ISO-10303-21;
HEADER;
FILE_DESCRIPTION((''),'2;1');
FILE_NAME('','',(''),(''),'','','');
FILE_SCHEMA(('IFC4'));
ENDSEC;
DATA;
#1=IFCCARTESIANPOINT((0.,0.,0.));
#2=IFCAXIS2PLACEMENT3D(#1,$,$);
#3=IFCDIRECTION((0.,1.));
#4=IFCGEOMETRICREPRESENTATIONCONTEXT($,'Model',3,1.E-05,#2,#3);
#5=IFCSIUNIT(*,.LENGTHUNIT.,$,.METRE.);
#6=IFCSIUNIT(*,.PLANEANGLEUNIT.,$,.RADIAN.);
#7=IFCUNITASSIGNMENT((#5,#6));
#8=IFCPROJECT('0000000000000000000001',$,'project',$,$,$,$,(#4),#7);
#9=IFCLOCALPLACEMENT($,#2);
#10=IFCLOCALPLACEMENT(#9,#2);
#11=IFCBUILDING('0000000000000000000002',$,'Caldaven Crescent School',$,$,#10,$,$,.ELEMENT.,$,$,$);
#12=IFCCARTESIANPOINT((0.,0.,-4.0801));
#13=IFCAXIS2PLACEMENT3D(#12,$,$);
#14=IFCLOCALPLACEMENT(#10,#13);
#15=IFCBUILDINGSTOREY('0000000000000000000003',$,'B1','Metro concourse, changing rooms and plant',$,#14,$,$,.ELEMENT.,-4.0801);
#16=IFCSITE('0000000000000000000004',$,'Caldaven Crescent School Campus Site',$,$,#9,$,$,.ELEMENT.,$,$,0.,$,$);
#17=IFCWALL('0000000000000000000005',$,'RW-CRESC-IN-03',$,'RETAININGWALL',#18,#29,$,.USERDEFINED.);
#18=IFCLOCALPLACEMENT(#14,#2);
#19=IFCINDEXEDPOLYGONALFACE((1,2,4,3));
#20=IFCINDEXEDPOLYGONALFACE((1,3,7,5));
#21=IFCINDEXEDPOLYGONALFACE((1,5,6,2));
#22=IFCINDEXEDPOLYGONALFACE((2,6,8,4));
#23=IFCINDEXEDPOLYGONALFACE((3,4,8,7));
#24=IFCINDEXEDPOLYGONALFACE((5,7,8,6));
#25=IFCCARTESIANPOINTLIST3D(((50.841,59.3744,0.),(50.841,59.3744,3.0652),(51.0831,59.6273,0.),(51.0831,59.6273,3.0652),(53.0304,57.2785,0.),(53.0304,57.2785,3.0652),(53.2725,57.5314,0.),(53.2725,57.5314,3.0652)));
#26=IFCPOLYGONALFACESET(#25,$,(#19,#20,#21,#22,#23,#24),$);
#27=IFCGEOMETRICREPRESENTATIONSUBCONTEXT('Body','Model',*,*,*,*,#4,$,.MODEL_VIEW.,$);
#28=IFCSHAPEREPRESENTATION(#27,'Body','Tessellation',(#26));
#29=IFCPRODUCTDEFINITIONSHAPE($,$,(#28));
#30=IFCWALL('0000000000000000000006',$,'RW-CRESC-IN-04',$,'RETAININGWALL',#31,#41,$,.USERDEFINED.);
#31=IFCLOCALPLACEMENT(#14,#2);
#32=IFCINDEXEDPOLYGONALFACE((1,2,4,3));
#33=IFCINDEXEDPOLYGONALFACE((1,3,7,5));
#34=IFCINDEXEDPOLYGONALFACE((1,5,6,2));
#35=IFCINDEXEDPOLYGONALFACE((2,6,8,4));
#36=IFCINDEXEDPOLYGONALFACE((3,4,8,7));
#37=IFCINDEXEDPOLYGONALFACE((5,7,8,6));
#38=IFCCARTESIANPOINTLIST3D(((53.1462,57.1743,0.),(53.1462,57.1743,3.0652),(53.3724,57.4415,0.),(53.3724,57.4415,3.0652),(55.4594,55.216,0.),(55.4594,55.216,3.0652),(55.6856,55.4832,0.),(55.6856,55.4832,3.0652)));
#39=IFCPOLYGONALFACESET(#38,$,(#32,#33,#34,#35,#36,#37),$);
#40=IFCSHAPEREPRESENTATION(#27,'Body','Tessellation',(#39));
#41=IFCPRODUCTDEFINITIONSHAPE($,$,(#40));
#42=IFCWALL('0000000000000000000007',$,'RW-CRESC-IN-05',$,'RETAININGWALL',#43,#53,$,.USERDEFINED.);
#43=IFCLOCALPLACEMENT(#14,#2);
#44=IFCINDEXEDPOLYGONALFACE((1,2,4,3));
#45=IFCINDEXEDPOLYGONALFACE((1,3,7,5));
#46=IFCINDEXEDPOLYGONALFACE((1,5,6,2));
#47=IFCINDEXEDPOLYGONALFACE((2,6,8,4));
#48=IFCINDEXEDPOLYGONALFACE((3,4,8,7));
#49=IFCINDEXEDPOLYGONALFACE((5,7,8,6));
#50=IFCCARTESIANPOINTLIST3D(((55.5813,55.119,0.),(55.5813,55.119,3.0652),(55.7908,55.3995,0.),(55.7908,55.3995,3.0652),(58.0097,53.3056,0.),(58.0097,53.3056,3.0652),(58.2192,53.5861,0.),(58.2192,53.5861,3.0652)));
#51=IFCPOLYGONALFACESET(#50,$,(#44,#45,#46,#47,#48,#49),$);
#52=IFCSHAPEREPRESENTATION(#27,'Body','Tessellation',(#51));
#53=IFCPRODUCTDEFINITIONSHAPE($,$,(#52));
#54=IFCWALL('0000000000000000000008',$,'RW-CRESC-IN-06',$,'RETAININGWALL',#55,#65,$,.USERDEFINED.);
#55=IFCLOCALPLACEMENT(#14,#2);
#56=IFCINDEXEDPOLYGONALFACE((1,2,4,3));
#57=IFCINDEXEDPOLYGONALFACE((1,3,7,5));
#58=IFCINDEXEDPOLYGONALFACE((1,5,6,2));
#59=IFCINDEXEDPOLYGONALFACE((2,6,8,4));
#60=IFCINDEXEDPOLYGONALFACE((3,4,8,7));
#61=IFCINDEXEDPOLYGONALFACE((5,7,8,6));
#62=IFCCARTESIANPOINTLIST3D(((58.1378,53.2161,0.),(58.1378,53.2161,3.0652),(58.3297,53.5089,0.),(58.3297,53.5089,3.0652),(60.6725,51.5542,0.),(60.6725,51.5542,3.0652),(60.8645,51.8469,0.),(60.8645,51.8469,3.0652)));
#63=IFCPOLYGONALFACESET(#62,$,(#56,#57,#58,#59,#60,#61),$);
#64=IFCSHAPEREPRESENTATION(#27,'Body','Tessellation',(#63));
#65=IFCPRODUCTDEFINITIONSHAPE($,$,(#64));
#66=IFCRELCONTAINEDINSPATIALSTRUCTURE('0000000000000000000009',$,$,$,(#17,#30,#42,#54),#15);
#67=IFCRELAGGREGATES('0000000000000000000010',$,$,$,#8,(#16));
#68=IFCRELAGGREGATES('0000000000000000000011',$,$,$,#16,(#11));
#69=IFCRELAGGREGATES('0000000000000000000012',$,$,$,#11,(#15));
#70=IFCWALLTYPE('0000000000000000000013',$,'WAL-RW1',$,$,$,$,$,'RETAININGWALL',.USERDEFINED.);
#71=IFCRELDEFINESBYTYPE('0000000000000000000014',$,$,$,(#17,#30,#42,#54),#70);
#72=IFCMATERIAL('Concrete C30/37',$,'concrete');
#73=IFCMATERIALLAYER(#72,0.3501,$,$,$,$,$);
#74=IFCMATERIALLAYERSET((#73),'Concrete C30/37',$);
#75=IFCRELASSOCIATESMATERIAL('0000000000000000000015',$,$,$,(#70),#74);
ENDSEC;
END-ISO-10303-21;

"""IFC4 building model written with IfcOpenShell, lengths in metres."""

from ifc_helpers import new_model, si_unit, direction, frame, frame_2d, origin, place, context, subcontext, project, spatial, rectangle, extrude, material, layer, layer_set, type_object, element, save


model = new_model("IFC4")

# Units and contexts
model_context = context("Model", 3, precision=1e-05, world=origin(), true_north=direction((0.0, 1.0)))
body_context = subcontext(model_context, "Body", "Model", "MODEL_VIEW")
ifc_project = project(units=[si_unit("LENGTHUNIT", "METRE"), si_unit("PLANEANGLEUNIT", "RADIAN")], contexts=[model_context])

# Site, building, storey
site_placement = place(None, origin())
site = spatial("IfcSite", under=ifc_project, at=site_placement, Name="Caldaven Crescent School Campus Site", CompositionType="ELEMENT", RefElevation=0.0)
building_placement = place(site_placement, origin())
building = spatial("IfcBuilding", under=site, at=building_placement, Name="Caldaven Crescent School", CompositionType="ELEMENT")
storey_placement = place(building_placement, frame((0.0, 0.0, -4.0801)))
storey = spatial("IfcBuildingStorey", under=building, at=storey_placement, Name="B1", Description="Metro concourse, changing rooms and plant", CompositionType="ELEMENT", Elevation=-4.0801)

# Shared definitions
ifc_material_1 = material(Name="Concrete C30/37", Category="concrete")

# Walls
ifc_layer_1 = layer(ifc_material_1, 0.3501)
ifc_layer_set_1 = layer_set([ifc_layer_1], Name="Concrete C30/37")
wall_type_1 = type_object("IfcWallType", Name="WAL-RW1", ElementType="RETAININGWALL", PredefinedType="USERDEFINED", material=ifc_layer_set_1)
wall_1_placement = place(storey_placement, frame((50.9619, 59.501, 0.0), z_axis=(0.0, 0.0, 1.0), x_axis=(0.722364, -0.691513, 0.0)))
element("IfcWall", 1, at=wall_1_placement, inside=storey, type_object=wall_type_1, Name="RW-CRESC-IN-03", ObjectType="RETAININGWALL", PredefinedType="USERDEFINED", context=body_context, shape_type="SweptSolid", body=[
    extrude(rectangle(XDim=3.031, YDim=0.3501, at=frame_2d((1.5156, 0.0))), origin(), (0.0, 0.0, 1.0), 3.0652),
])
for number, where, z_axis, x_axis, name in (
    (2, (53.2593, 57.3079, 0.0), (0.0, 0.0, 1.0), (0.76324, -0.646116, 0.0), "RW-CRESC-IN-04"),
    (3, (55.686, 55.2593, 0.0), (0.0, 0.0, 1.0), (0.801245, -0.598336, 0.0), "RW-CRESC-IN-05"),
):
    element("IfcWall", number, at=place(storey_placement, frame(where, z_axis=z_axis, x_axis=x_axis)), inside=storey, type_object=wall_type_1, Name=name, ObjectType="RETAININGWALL", PredefinedType="USERDEFINED", context=body_context, shape_type="SweptSolid", body=[
        extrude(rectangle(XDim=3.0308, YDim=0.3501, at=frame_2d((1.5154, 0.0))), origin(), (0.0, 0.0, 1.0), 3.0652),
    ])
wall_2_placement = place(storey_placement, frame((58.2336, 53.3625, 0.0), z_axis=(0.0, 0.0, 1.0), x_axis=(0.836276, -0.548308, 0.0)))
element("IfcWall", 4, at=wall_2_placement, inside=storey, type_object=wall_type_1, Name="RW-CRESC-IN-06", ObjectType="RETAININGWALL", PredefinedType="USERDEFINED", context=body_context, shape_type="SweptSolid", body=[
    extrude(rectangle(XDim=3.031, YDim=0.3501, at=frame_2d((1.5156, 0.0))), origin(), (0.0, 0.0, 1.0), 3.0652),
])

save(model, "model.ifc")
